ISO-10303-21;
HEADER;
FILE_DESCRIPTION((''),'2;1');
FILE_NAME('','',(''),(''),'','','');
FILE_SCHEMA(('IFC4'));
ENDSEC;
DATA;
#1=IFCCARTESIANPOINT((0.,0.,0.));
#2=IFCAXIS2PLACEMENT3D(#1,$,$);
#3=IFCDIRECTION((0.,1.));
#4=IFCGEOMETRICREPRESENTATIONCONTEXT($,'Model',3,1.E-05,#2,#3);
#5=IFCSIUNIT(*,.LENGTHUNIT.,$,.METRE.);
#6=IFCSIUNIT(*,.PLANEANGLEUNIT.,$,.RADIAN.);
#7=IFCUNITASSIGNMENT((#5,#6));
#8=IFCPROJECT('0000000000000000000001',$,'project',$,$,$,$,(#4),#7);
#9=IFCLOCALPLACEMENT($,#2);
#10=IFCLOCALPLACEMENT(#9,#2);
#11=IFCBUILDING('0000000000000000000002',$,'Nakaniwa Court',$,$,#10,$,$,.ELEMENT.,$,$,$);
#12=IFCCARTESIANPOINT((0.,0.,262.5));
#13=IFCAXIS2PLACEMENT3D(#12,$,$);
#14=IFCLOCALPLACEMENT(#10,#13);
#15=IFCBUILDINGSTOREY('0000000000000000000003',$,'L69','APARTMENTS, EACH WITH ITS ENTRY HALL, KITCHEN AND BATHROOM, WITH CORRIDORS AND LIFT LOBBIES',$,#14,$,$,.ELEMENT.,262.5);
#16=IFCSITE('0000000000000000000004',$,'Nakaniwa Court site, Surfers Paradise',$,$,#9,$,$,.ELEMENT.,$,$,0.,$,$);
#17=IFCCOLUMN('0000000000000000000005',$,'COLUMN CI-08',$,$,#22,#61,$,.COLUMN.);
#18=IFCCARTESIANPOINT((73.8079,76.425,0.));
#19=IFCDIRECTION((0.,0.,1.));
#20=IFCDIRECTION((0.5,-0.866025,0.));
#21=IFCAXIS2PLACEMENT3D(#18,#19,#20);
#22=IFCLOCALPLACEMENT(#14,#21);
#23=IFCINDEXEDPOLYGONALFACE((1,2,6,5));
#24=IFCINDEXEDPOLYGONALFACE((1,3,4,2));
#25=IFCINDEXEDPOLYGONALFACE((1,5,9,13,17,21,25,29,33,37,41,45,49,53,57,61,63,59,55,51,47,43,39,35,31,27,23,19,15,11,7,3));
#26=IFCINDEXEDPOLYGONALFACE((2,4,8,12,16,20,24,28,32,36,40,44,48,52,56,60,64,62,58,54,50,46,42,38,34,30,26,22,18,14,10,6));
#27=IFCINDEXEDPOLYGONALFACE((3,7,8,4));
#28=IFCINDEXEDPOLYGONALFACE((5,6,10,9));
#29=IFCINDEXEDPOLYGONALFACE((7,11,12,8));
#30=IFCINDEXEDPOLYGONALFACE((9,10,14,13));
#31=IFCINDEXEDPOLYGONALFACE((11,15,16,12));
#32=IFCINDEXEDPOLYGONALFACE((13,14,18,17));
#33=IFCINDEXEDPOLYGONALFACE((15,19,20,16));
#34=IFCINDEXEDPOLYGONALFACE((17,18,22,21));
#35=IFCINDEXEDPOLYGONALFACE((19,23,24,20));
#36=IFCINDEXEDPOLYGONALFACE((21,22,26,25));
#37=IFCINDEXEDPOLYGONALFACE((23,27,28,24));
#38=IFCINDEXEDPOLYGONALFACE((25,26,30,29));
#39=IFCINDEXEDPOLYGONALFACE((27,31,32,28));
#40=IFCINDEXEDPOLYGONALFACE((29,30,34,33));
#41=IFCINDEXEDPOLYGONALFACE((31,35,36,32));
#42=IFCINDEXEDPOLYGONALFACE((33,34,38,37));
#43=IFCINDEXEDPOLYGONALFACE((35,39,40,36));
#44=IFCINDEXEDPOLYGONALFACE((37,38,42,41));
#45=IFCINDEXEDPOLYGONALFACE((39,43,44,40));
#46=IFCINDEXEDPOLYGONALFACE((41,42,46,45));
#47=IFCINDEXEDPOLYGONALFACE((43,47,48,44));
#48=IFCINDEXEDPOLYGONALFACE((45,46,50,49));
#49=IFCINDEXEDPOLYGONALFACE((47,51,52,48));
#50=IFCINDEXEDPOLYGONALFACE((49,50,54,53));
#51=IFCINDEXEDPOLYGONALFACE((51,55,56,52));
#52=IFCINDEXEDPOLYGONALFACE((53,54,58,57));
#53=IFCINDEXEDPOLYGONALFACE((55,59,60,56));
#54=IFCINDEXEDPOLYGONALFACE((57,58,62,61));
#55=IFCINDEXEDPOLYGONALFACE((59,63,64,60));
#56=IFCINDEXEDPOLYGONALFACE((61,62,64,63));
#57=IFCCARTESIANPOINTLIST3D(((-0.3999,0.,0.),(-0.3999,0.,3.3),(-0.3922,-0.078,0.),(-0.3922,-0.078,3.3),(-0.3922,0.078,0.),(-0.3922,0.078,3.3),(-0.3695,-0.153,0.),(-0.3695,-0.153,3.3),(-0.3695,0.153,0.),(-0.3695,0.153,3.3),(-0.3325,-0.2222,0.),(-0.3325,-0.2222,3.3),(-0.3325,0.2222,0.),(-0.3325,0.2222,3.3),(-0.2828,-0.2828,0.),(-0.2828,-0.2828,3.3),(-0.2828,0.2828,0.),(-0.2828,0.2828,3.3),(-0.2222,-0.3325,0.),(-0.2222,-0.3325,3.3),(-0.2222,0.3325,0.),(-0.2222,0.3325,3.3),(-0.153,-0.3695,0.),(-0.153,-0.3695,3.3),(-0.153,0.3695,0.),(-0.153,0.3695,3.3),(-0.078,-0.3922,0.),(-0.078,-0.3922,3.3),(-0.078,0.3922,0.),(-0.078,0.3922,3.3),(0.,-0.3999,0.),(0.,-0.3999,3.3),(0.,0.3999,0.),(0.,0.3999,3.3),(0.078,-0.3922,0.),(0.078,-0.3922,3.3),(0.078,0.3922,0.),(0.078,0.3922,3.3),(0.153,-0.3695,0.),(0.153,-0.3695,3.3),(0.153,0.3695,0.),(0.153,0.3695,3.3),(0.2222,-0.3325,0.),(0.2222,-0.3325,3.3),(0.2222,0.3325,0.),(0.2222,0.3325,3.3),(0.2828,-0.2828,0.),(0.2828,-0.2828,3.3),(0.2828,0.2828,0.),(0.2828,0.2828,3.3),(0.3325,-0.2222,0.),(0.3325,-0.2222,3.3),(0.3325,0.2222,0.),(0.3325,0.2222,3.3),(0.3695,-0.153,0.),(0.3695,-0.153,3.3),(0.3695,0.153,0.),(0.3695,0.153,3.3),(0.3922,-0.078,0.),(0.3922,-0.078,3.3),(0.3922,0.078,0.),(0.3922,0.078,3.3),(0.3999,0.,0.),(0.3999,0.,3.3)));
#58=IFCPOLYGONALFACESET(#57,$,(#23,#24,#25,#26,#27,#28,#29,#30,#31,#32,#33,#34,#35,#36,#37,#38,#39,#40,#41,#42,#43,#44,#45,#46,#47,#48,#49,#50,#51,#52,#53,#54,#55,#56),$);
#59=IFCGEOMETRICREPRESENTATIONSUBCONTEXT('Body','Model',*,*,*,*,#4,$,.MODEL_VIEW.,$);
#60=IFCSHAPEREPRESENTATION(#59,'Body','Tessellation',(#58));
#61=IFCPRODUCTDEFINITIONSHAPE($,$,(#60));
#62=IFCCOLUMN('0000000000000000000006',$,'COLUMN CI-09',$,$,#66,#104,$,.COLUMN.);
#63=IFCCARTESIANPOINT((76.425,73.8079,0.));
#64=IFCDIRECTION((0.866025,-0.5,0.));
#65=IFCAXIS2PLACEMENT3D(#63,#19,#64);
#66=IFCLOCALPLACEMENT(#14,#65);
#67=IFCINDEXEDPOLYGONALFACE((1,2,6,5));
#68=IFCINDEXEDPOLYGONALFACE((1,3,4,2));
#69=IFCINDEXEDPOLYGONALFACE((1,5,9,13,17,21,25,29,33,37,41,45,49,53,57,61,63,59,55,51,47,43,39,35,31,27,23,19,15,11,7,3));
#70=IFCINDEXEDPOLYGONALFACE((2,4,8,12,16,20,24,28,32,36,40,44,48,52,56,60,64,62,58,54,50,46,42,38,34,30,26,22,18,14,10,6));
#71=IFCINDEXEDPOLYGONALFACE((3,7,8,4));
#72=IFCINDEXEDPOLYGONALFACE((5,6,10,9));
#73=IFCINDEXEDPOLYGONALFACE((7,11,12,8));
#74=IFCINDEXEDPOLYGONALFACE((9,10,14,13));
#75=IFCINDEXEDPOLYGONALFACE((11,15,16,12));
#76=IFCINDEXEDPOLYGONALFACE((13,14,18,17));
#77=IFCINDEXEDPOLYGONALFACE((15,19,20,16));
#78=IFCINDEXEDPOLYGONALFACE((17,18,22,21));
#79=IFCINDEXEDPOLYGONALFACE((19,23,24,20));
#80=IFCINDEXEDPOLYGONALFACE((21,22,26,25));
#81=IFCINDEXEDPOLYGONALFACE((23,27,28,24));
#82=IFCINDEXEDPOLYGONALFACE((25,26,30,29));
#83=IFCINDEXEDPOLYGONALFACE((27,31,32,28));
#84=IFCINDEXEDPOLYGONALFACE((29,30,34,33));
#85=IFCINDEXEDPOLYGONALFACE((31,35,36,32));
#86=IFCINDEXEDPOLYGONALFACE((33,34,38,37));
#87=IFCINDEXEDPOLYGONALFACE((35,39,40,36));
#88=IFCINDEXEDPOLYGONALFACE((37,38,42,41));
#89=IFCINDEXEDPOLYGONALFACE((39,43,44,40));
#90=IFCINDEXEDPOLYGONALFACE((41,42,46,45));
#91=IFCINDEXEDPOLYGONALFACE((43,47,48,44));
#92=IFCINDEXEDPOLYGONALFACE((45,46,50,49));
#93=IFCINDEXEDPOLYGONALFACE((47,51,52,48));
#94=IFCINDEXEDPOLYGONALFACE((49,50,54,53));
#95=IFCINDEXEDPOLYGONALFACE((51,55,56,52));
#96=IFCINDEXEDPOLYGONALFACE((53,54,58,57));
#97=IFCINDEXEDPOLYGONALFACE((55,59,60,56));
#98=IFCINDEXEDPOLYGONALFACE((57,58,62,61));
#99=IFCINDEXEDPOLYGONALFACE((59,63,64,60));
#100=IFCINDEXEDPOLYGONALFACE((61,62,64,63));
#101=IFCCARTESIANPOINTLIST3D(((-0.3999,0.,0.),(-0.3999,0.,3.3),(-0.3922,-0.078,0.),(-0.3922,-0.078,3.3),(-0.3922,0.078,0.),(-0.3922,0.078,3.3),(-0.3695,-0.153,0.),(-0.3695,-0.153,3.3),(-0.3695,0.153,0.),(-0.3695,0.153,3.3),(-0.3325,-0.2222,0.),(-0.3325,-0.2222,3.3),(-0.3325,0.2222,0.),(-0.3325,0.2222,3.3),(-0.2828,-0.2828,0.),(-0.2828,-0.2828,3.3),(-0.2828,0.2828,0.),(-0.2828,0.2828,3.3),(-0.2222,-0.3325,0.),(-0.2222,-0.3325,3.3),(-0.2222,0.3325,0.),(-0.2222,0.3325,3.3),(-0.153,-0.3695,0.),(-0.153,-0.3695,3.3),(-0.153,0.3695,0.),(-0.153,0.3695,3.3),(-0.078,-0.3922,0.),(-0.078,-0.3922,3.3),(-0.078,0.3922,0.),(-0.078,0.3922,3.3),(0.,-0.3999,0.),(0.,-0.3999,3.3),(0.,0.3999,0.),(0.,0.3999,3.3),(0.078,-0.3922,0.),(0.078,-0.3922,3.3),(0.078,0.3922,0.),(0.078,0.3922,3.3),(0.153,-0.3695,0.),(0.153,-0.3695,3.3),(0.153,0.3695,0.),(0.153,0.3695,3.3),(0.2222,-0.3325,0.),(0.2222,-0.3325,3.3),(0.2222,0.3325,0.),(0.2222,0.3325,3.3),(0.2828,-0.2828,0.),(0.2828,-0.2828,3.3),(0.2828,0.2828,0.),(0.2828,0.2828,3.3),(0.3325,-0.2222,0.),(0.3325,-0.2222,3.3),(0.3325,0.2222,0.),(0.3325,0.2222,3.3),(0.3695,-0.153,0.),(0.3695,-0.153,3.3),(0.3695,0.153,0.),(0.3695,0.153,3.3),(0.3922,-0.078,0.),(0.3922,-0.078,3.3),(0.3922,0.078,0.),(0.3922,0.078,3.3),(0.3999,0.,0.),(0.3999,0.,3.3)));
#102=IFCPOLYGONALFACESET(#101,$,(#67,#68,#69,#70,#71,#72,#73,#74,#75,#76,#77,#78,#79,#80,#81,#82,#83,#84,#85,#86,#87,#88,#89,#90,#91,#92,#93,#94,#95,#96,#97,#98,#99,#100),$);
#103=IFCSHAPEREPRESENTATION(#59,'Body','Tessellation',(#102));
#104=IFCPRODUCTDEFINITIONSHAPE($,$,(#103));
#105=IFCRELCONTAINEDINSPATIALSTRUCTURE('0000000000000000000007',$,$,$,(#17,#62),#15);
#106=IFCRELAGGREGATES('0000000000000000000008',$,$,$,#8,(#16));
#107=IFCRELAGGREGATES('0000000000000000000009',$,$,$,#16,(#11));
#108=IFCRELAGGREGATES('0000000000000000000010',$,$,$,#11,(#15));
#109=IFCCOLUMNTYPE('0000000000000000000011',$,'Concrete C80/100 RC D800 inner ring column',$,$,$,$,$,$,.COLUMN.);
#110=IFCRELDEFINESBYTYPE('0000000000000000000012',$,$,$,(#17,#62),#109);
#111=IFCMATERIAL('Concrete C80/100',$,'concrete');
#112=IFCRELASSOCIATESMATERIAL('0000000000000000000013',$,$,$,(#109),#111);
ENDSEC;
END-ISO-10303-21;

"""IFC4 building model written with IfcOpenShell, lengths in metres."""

from ifc_helpers import new_model, si_unit, direction, frame, origin, origin_2d, place, context, subcontext, project, spatial, circle, extrude, material, material_profile, profile_set, type_object, element, save


model = new_model("IFC4")

# Units and contexts
model_context = context("Model", 3, precision=1e-05, world=origin(), true_north=direction((0.0, 1.0)))
body_context = subcontext(model_context, "Body", "Model", "MODEL_VIEW")
ifc_project = project(units=[si_unit("LENGTHUNIT", "METRE"), si_unit("PLANEANGLEUNIT", "RADIAN")], contexts=[model_context])

# Site, building, storey
site_placement = place(None, origin())
site = spatial("IfcSite", under=ifc_project, at=site_placement, Name="Nakaniwa Court site, Surfers Paradise", CompositionType="ELEMENT", RefElevation=0.0)
building_placement = place(site_placement, origin())
building = spatial("IfcBuilding", under=site, at=building_placement, Name="Nakaniwa Court", CompositionType="ELEMENT")
storey_placement = place(building_placement, frame((0.0, 0.0, 262.5)))
storey = spatial("IfcBuildingStorey", under=building, at=storey_placement, Name="L69", Description="APARTMENTS, EACH WITH ITS ENTRY HALL, KITCHEN AND BATHROOM, WITH CORRIDORS AND LIFT LOBBIES", CompositionType="ELEMENT", Elevation=262.5)

# Columns
ifc_material_1 = material(Name="Concrete C80/100", Category="concrete")
ifc_material_profile_1 = material_profile(ifc_material_1, circle(Radius=0.3999, at=origin_2d()), Name="Concrete C80/100 RC D800 inner ring column")
ifc_profile_set_1 = profile_set([ifc_material_profile_1], Name="Concrete C80/100")
column_type_1 = type_object("IfcColumnType", Name="Concrete C80/100 RC D800 inner ring column", PredefinedType="COLUMN", material=ifc_profile_set_1)
for number, where, z_axis, x_axis, name in (
    (1, (73.8079, 76.425, 0.0), (0.0, 0.0, 1.0), (0.5, -0.866025, 0.0), "COLUMN CI-08"),
    (2, (76.425, 73.8079, 0.0), (0.0, 0.0, 1.0), (0.866025, -0.5, 0.0), "COLUMN CI-09"),
):
    element("IfcColumn", number, at=place(storey_placement, frame(where, z_axis=z_axis, x_axis=x_axis)), inside=storey, type_object=column_type_1, Name=name, PredefinedType="COLUMN", context=body_context, shape_type="SweptSolid", body=[
        extrude(circle(Radius=0.3999, at=origin_2d()), origin(), (0.0, 0.0, 1.0), 3.3),
    ])

save(model, "model.ifc")
